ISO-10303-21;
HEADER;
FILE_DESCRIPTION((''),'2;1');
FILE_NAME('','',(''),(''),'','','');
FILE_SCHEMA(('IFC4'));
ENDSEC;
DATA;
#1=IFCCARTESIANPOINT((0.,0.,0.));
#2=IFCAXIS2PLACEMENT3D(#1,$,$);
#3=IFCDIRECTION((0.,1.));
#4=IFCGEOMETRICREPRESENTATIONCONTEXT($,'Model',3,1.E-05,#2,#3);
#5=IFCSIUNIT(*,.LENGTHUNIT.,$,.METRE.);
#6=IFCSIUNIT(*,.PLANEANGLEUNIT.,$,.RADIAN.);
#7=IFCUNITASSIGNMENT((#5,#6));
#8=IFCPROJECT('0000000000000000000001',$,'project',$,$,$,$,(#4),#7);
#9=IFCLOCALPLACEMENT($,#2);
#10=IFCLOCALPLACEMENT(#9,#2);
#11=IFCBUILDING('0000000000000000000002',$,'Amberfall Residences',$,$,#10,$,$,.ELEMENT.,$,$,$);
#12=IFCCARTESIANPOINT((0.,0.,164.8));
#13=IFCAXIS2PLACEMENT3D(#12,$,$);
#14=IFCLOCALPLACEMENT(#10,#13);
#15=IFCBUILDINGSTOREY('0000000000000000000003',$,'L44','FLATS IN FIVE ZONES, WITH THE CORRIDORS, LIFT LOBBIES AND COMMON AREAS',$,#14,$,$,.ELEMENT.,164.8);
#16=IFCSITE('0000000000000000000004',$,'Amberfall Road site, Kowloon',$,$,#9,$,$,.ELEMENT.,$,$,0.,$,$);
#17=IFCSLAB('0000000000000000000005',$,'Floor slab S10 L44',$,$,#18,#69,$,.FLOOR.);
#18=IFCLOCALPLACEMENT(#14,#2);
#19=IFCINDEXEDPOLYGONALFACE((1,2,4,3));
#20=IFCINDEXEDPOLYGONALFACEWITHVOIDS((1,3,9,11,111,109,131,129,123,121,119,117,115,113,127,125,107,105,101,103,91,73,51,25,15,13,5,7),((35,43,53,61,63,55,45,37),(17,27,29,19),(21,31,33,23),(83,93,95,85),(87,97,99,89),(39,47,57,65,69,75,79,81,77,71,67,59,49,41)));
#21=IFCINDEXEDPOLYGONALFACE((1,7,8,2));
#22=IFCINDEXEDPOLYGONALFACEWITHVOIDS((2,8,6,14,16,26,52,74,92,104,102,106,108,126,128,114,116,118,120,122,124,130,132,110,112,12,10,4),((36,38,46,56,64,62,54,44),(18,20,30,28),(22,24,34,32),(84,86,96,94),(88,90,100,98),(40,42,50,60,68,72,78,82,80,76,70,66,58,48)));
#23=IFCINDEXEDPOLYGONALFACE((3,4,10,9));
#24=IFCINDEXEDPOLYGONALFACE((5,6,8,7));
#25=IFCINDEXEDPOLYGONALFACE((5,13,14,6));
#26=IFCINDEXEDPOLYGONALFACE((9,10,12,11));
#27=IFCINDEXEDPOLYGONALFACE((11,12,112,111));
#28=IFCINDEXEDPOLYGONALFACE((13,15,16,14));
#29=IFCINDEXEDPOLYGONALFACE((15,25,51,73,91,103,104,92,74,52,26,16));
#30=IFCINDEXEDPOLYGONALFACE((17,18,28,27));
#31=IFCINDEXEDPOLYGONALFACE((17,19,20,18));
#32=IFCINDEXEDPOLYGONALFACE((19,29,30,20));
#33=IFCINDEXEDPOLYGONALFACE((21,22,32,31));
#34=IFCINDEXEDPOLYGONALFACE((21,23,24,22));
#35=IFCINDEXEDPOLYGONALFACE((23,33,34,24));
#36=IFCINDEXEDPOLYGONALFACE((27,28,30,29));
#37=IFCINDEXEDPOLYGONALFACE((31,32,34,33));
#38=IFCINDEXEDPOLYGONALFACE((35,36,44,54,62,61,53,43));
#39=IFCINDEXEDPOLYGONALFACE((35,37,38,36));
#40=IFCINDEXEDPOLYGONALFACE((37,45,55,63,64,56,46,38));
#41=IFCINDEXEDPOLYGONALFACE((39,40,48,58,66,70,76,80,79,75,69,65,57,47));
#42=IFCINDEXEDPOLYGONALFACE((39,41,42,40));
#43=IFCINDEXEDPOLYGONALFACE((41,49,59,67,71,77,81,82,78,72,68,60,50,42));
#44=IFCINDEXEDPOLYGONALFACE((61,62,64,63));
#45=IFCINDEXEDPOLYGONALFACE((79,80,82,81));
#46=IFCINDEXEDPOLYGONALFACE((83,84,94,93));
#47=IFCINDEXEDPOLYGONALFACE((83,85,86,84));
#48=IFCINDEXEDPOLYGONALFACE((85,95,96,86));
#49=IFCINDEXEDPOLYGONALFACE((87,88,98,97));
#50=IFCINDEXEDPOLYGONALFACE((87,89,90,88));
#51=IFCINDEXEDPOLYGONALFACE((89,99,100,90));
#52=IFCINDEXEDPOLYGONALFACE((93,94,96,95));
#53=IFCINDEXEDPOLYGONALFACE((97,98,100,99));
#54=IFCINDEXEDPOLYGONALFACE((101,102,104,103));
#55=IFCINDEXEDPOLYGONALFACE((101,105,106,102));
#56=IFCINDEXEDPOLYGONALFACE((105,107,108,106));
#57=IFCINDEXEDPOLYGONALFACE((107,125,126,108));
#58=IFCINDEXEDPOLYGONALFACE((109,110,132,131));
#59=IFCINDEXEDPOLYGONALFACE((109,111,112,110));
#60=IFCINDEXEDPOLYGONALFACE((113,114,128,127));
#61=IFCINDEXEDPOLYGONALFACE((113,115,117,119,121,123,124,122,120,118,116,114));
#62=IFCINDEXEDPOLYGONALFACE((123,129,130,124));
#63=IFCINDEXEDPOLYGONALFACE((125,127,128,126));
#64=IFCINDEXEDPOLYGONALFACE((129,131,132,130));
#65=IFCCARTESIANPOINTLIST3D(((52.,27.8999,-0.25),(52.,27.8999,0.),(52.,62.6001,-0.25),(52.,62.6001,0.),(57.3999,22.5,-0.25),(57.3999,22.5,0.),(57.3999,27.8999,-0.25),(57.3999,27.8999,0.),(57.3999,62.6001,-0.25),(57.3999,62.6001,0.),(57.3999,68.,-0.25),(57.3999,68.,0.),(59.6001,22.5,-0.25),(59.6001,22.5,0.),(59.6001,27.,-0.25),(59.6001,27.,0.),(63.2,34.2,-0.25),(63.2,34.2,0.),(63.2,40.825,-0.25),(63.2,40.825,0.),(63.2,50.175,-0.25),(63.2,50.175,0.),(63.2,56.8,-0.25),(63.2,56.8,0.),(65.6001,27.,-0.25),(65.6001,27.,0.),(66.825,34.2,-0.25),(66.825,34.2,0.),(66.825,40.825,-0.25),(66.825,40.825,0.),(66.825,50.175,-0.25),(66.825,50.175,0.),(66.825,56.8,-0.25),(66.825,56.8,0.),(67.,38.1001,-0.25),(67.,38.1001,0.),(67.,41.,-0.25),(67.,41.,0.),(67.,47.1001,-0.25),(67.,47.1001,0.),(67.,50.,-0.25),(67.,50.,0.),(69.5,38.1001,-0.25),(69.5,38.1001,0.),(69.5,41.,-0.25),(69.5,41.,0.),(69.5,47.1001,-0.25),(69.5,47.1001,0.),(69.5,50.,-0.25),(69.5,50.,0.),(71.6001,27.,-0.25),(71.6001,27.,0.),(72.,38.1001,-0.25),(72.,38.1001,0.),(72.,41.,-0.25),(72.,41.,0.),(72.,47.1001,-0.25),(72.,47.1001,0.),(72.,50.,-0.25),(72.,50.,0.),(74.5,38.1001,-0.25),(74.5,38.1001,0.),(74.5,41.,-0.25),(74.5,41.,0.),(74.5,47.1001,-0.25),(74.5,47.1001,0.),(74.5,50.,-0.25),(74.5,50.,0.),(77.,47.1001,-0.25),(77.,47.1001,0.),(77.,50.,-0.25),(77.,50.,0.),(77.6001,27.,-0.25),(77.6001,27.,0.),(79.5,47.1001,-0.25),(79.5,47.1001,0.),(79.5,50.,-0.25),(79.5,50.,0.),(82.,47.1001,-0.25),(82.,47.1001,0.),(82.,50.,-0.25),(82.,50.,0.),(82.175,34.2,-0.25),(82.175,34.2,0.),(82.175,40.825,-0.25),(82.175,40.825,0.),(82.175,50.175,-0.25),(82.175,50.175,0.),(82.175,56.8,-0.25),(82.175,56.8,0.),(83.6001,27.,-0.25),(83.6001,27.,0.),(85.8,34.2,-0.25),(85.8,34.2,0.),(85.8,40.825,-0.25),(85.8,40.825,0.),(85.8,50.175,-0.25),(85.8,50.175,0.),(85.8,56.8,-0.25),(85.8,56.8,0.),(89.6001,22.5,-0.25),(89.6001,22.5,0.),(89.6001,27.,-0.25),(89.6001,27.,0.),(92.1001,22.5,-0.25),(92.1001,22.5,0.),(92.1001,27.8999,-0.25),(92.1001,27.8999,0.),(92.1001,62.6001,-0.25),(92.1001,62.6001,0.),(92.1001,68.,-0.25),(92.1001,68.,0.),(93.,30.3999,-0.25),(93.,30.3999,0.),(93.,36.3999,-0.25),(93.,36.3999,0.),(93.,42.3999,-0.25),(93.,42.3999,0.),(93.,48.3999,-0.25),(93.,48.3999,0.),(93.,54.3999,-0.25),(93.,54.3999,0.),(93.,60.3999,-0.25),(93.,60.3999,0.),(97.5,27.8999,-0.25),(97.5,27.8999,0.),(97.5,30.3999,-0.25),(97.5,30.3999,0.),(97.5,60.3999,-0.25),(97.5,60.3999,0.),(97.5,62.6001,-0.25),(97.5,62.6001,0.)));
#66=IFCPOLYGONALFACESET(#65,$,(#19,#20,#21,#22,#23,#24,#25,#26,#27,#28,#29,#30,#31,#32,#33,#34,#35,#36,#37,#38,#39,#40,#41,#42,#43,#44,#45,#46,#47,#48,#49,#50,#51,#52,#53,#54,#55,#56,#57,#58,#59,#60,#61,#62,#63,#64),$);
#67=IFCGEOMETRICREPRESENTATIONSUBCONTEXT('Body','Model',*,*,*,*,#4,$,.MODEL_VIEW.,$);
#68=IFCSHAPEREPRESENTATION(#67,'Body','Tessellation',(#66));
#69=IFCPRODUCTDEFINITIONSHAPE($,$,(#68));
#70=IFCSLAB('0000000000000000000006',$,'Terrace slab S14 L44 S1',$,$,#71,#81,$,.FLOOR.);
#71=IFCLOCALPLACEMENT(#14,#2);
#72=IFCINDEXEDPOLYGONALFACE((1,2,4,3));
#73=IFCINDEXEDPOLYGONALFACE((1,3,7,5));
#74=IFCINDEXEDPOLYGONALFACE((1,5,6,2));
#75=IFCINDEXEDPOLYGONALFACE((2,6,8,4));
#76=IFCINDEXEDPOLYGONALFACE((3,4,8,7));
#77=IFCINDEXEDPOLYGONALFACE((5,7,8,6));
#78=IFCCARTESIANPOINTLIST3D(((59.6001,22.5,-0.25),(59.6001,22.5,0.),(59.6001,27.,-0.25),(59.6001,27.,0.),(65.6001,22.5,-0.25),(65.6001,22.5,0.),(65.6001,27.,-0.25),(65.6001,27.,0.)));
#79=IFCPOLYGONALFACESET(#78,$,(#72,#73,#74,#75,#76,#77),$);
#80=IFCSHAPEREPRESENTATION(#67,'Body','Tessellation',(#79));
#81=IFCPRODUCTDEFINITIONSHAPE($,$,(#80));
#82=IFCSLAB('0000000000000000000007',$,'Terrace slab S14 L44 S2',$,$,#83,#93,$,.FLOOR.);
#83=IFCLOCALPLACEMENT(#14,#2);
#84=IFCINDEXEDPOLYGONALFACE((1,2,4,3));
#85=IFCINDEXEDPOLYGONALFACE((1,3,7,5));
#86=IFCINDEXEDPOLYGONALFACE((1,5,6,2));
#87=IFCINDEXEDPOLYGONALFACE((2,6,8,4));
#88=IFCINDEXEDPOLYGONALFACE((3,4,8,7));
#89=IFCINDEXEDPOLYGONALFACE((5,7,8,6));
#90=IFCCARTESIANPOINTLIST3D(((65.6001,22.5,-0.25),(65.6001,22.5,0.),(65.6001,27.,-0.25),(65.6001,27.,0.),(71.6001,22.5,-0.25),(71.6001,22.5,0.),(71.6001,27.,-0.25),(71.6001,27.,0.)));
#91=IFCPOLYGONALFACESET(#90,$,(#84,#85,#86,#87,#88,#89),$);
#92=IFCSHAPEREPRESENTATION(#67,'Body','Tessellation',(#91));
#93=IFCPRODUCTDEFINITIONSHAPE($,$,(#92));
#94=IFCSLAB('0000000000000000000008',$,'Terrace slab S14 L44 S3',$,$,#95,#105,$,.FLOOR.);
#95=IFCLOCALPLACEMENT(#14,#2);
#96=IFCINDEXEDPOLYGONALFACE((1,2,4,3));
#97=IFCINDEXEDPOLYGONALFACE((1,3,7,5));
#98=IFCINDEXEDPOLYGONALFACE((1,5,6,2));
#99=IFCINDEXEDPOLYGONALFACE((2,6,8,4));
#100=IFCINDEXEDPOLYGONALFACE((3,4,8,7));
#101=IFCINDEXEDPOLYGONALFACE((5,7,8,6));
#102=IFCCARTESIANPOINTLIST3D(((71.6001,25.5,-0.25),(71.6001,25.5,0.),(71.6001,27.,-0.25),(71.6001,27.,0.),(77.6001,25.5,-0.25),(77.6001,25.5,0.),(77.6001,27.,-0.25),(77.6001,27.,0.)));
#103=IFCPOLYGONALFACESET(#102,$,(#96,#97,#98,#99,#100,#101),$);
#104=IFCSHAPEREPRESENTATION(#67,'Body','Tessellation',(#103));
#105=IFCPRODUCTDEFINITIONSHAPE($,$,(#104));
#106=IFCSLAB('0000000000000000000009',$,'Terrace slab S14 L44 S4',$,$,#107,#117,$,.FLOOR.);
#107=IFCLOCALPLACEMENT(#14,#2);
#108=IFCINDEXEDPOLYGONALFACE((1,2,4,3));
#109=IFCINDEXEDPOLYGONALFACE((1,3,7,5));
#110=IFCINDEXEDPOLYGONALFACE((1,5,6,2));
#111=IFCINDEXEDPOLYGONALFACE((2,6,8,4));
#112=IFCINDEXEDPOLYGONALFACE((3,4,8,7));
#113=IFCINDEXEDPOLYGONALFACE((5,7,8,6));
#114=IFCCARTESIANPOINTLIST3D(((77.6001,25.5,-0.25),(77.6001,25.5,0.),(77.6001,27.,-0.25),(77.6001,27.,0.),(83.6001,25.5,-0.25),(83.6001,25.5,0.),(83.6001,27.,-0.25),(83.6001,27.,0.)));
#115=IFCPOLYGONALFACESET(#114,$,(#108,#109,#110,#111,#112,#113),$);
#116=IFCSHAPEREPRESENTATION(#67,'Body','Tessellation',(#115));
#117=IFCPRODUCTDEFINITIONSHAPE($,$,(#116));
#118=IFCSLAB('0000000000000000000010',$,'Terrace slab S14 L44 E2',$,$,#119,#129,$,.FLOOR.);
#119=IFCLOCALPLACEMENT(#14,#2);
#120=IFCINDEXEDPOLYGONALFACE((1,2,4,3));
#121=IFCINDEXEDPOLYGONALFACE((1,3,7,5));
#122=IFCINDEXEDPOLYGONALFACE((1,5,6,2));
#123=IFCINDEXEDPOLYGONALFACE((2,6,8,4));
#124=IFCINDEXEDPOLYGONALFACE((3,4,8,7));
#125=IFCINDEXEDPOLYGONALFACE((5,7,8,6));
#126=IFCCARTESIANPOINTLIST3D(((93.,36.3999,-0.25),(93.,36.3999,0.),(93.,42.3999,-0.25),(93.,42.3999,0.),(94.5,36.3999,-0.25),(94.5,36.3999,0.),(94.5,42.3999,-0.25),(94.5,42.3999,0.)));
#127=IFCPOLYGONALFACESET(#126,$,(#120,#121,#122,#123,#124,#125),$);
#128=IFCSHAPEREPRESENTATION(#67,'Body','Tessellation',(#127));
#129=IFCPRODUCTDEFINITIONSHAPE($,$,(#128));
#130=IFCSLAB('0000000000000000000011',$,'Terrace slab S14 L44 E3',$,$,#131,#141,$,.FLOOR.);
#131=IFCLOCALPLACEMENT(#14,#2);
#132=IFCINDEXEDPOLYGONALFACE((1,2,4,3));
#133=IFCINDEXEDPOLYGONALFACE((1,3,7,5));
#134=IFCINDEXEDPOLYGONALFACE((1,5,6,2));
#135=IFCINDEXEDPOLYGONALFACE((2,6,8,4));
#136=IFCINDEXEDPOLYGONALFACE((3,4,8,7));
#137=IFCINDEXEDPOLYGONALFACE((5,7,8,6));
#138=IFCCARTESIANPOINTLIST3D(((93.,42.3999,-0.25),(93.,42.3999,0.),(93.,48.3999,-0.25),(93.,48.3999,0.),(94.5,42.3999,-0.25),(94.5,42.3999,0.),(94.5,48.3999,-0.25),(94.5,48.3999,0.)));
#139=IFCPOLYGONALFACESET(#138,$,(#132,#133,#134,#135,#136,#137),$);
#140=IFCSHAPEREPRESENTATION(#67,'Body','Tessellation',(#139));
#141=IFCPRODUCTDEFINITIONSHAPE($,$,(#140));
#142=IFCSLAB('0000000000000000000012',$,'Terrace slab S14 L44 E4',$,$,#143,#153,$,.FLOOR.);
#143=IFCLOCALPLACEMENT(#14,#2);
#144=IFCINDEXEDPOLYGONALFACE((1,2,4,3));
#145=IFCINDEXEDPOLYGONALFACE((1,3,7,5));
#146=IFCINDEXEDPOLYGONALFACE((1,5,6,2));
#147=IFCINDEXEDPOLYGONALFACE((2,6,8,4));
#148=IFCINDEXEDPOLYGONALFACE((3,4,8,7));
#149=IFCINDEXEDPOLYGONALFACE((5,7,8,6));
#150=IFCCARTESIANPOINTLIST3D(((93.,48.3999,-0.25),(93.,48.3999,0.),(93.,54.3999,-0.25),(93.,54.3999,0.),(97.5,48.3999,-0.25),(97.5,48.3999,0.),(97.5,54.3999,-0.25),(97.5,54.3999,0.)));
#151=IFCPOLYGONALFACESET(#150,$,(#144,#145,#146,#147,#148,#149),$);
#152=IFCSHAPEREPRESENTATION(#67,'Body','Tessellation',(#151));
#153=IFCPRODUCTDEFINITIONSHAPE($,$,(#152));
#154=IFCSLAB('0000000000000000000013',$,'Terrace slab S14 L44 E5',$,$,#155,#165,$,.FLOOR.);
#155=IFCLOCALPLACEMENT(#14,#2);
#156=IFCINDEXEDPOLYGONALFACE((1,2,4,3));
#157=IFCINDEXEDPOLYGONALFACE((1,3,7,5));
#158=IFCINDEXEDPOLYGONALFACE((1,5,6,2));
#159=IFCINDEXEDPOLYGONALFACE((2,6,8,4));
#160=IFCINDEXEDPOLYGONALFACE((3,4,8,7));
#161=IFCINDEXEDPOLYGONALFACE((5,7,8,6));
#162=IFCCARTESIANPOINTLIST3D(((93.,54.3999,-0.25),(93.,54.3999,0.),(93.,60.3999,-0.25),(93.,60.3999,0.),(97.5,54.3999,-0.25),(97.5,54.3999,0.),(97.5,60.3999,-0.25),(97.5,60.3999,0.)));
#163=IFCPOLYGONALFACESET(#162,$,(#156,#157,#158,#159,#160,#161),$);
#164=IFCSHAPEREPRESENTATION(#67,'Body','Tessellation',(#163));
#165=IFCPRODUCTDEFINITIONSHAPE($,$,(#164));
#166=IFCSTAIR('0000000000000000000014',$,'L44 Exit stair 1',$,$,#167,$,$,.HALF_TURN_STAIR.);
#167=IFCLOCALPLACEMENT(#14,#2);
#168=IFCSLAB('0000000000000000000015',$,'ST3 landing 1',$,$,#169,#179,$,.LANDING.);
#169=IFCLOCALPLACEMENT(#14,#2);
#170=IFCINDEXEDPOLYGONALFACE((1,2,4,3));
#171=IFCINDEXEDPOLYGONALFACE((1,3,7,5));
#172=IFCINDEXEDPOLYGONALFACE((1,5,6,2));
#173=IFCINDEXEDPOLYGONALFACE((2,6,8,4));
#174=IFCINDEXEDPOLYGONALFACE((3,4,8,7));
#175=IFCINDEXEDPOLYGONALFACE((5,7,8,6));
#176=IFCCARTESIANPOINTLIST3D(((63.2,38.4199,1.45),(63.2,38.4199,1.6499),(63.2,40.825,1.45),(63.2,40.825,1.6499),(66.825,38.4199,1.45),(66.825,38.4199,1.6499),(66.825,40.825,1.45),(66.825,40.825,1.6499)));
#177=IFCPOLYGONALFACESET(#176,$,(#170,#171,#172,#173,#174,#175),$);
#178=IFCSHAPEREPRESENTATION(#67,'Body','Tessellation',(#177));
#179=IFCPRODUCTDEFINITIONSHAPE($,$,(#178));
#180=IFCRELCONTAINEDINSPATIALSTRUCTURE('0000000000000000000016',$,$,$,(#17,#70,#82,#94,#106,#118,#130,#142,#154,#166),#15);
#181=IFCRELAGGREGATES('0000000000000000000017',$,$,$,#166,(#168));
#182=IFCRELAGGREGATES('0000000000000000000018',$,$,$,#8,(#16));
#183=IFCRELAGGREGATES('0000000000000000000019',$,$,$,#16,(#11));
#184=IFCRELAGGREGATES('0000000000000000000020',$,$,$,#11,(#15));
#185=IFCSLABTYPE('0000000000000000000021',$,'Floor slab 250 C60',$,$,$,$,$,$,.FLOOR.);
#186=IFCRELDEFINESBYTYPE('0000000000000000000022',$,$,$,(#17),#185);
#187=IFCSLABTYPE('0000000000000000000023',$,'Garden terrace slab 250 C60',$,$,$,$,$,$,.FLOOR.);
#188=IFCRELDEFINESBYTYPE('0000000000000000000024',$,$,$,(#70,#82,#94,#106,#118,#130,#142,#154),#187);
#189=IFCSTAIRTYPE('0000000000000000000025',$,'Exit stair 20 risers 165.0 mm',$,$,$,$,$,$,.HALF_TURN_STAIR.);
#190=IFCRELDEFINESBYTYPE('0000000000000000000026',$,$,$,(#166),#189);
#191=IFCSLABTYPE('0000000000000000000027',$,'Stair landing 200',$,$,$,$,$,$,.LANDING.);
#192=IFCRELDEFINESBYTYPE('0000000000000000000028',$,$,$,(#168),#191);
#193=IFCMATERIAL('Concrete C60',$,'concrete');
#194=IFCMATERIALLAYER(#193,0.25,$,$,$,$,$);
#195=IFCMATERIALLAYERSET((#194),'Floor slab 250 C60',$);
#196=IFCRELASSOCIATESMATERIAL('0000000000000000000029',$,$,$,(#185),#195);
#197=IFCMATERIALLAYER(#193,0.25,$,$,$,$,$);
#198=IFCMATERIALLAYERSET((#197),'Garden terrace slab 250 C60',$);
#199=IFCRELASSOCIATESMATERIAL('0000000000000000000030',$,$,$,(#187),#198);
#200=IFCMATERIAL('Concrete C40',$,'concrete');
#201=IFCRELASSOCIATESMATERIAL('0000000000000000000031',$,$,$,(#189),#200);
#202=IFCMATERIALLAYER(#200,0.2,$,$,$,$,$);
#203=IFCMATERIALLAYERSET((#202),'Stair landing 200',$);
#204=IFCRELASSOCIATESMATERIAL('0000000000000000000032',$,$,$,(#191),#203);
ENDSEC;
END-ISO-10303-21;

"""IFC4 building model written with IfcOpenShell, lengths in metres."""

from ifc_helpers import new_model, si_unit, direction, frame, origin, place, context, subcontext, project, spatial, polyline, outline, extrude, material, layer, layer_set, type_object, element, aggregate, save


model = new_model("IFC4")

# Units and contexts
model_context = context("Model", 3, precision=1e-05, world=origin(), true_north=direction((0.0, 1.0)))
body_context = subcontext(model_context, "Body", "Model", "MODEL_VIEW")
ifc_project = project(units=[si_unit("LENGTHUNIT", "METRE"), si_unit("PLANEANGLEUNIT", "RADIAN")], contexts=[model_context])

# Site, building, storey
site_placement = place(None, origin())
site = spatial("IfcSite", under=ifc_project, at=site_placement, Name="Amberfall Road site, Kowloon", CompositionType="ELEMENT", RefElevation=0.0)
building_placement = place(site_placement, origin())
building = spatial("IfcBuilding", under=site, at=building_placement, Name="Amberfall Residences", CompositionType="ELEMENT")
storey_placement = place(building_placement, frame((0.0, 0.0, 164.8)))
storey = spatial("IfcBuildingStorey", under=building, at=storey_placement, Name="L44", Description="FLATS IN FIVE ZONES, WITH THE CORRIDORS, LIFT LOBBIES AND COMMON AREAS", CompositionType="ELEMENT", Elevation=164.8)

# Slabs
ifc_material_1 = material(Name="Concrete C60", Category="concrete")
ifc_layer_1 = layer(ifc_material_1, 0.25)
ifc_layer_set_1 = layer_set([ifc_layer_1], Name="Floor slab 250 C60")
slab_type_1 = type_object("IfcSlabType", Name="Floor slab 250 C60", PredefinedType="FLOOR", material=ifc_layer_set_1)
slab_1_placement = place(storey_placement, frame((0.0, 0.0, -0.25)))
element("IfcSlab", 1, at=slab_1_placement, inside=storey, type_object=slab_type_1, Name="Floor slab S10 L44", PredefinedType="FLOOR", context=body_context, shape_type="SweptSolid", body=[
    extrude(outline(polyline([(89.6001, 22.5), (89.6001, 27.0), (83.6001, 27.0), (77.6001, 27.0), (71.6001, 27.0), (65.6001, 27.0), (59.6001, 27.0), (59.6001, 22.5), (57.3999, 22.5), (57.3999, 27.8999), (52.0, 27.8999), (52.0, 62.6001), (57.3999, 62.6001), (57.3999, 68.0), (92.1001, 68.0), (92.1001, 62.6001), (97.5, 62.6001), (97.5, 60.3999), (93.0, 60.3999), (93.0, 54.3999), (93.0, 48.3999), (93.0, 42.3999), (93.0, 36.3999), (93.0, 30.3999), (97.5, 30.3999), (97.5, 27.8999), (92.1001, 27.8999), (92.1001, 22.5), (89.6001, 22.5)]), holes=[polyline([(85.8, 34.2), (85.8, 40.825), (82.175, 40.825), (82.175, 34.2), (85.8, 34.2)]), polyline([(85.8, 50.175), (85.8, 56.8), (82.175, 56.8), (82.175, 50.175), (85.8, 50.175)]), polyline([(67.0, 50.0), (67.0, 47.1001), (69.5, 47.1001), (72.0, 47.1001), (74.5, 47.1001), (77.0, 47.1001), (79.5, 47.1001), (82.0, 47.1001), (82.0, 50.0), (79.5, 50.0), (77.0, 50.0), (74.5, 50.0), (72.0, 50.0), (69.5, 50.0), (67.0, 50.0)]), polyline([(69.5, 41.0), (67.0, 41.0), (67.0, 38.1001), (69.5, 38.1001), (72.0, 38.1001), (74.5, 38.1001), (74.5, 41.0), (72.0, 41.0), (69.5, 41.0)]), polyline([(66.825, 40.825), (63.2, 40.825), (63.2, 34.2), (66.825, 34.2), (66.825, 40.825)]), polyline([(66.825, 56.8), (63.2, 56.8), (63.2, 50.175), (66.825, 50.175), (66.825, 56.8)])]), origin(), (0.0, 0.0, 1.0), 0.25),
])
ifc_layer_2 = layer(ifc_material_1, 0.25)
ifc_layer_set_2 = layer_set([ifc_layer_2], Name="Garden terrace slab 250 C60")
slab_type_2 = type_object("IfcSlabType", Name="Garden terrace slab 250 C60", PredefinedType="FLOOR", material=ifc_layer_set_2)
slab_2_placement = place(storey_placement, frame((0.0, 0.0, -0.25)))
element("IfcSlab", 2, at=slab_2_placement, inside=storey, type_object=slab_type_2, Name="Terrace slab S14 L44 S1", PredefinedType="FLOOR", context=body_context, shape_type="SweptSolid", body=[
    extrude(outline(polyline([(65.6001, 22.5), (65.6001, 27.0), (59.6001, 27.0), (59.6001, 22.5), (65.6001, 22.5)])), origin(), (0.0, 0.0, 1.0), 0.25),
])
slab_3_placement = place(storey_placement, frame((0.0, 0.0, -0.25)))
element("IfcSlab", 3, at=slab_3_placement, inside=storey, type_object=slab_type_2, Name="Terrace slab S14 L44 S2", PredefinedType="FLOOR", context=body_context, shape_type="SweptSolid", body=[
    extrude(outline(polyline([(71.6001, 22.5), (71.6001, 27.0), (65.6001, 27.0), (65.6001, 22.5), (71.6001, 22.5)])), origin(), (0.0, 0.0, 1.0), 0.25),
])
slab_4_placement = place(storey_placement, frame((0.0, 0.0, -0.25)))
element("IfcSlab", 4, at=slab_4_placement, inside=storey, type_object=slab_type_2, Name="Terrace slab S14 L44 S3", PredefinedType="FLOOR", context=body_context, shape_type="SweptSolid", body=[
    extrude(outline(polyline([(71.6001, 27.0), (77.6001, 27.0), (77.6001, 25.5), (71.6001, 25.5), (71.6001, 27.0)])), origin(), (0.0, 0.0, 1.0), 0.25),
])
slab_5_placement = place(storey_placement, frame((0.0, 0.0, -0.25)))
element("IfcSlab", 5, at=slab_5_placement, inside=storey, type_object=slab_type_2, Name="Terrace slab S14 L44 S4", PredefinedType="FLOOR", context=body_context, shape_type="SweptSolid", body=[
    extrude(outline(polyline([(77.6001, 27.0), (83.6001, 27.0), (83.6001, 25.5), (77.6001, 25.5), (77.6001, 27.0)])), origin(), (0.0, 0.0, 1.0), 0.25),
])
slab_6_placement = place(storey_placement, frame((0.0, 0.0, -0.25)))
element("IfcSlab", 6, at=slab_6_placement, inside=storey, type_object=slab_type_2, Name="Terrace slab S14 L44 E2", PredefinedType="FLOOR", context=body_context, shape_type="SweptSolid", body=[
    extrude(outline(polyline([(93.0, 36.3999), (93.0, 42.3999), (94.5, 42.3999), (94.5, 36.3999), (93.0, 36.3999)])), origin(), (0.0, 0.0, 1.0), 0.25),
])
slab_7_placement = place(storey_placement, frame((0.0, 0.0, -0.25)))
element("IfcSlab", 7, at=slab_7_placement, inside=storey, type_object=slab_type_2, Name="Terrace slab S14 L44 E3", PredefinedType="FLOOR", context=body_context, shape_type="SweptSolid", body=[
    extrude(outline(polyline([(93.0, 42.3999), (93.0, 48.3999), (94.5, 48.3999), (94.5, 42.3999), (93.0, 42.3999)])), origin(), (0.0, 0.0, 1.0), 0.25),
])
slab_8_placement = place(storey_placement, frame((0.0, 0.0, -0.25)))
element("IfcSlab", 8, at=slab_8_placement, inside=storey, type_object=slab_type_2, Name="Terrace slab S14 L44 E4", PredefinedType="FLOOR", context=body_context, shape_type="SweptSolid", body=[
    extrude(outline(polyline([(97.5, 48.3999), (97.5, 54.3999), (93.0, 54.3999), (93.0, 48.3999), (97.5, 48.3999)])), origin(), (0.0, 0.0, 1.0), 0.25),
])
slab_9_placement = place(storey_placement, frame((0.0, 0.0, -0.25)))
element("IfcSlab", 9, at=slab_9_placement, inside=storey, type_object=slab_type_2, Name="Terrace slab S14 L44 E5", PredefinedType="FLOOR", context=body_context, shape_type="SweptSolid", body=[
    extrude(outline(polyline([(97.5, 54.3999), (97.5, 60.3999), (93.0, 60.3999), (93.0, 54.3999), (97.5, 54.3999)])), origin(), (0.0, 0.0, 1.0), 0.25),
])

# Stair, slab
ifc_material_2 = material(Name="Concrete C40", Category="concrete")
stair_type = type_object("IfcStairType", Name="Exit stair 20 risers 165.0 mm", PredefinedType="HALF_TURN_STAIR", material=ifc_material_2)
stair_1_placement = place(storey_placement, origin())
stair_1 = element("IfcStair", 10, at=stair_1_placement, inside=storey, type_object=stair_type, Name="L44 Exit stair 1", PredefinedType="HALF_TURN_STAIR")
ifc_layer_3 = layer(ifc_material_2, 0.2)
ifc_layer_set_3 = layer_set([ifc_layer_3], Name="Stair landing 200")
slab_type_3 = type_object("IfcSlabType", Name="Stair landing 200", PredefinedType="LANDING", material=ifc_layer_set_3)
slab_10_placement = place(storey_placement, frame((0.0, 0.0, 1.45)))
slab_10 = element("IfcSlab", 11, at=slab_10_placement, type_object=slab_type_3, Name="ST3 landing 1", PredefinedType="LANDING", context=body_context, shape_type="SweptSolid", body=[
    extrude(outline(polyline([(66.825, 38.4199), (66.825, 40.825), (63.2, 40.825), (63.2, 38.4199), (66.825, 38.4199)])), origin(), (0.0, 0.0, 1.0), 0.2),
])
aggregate(stair_1, [slab_10])

save(model, "model.ifc")
